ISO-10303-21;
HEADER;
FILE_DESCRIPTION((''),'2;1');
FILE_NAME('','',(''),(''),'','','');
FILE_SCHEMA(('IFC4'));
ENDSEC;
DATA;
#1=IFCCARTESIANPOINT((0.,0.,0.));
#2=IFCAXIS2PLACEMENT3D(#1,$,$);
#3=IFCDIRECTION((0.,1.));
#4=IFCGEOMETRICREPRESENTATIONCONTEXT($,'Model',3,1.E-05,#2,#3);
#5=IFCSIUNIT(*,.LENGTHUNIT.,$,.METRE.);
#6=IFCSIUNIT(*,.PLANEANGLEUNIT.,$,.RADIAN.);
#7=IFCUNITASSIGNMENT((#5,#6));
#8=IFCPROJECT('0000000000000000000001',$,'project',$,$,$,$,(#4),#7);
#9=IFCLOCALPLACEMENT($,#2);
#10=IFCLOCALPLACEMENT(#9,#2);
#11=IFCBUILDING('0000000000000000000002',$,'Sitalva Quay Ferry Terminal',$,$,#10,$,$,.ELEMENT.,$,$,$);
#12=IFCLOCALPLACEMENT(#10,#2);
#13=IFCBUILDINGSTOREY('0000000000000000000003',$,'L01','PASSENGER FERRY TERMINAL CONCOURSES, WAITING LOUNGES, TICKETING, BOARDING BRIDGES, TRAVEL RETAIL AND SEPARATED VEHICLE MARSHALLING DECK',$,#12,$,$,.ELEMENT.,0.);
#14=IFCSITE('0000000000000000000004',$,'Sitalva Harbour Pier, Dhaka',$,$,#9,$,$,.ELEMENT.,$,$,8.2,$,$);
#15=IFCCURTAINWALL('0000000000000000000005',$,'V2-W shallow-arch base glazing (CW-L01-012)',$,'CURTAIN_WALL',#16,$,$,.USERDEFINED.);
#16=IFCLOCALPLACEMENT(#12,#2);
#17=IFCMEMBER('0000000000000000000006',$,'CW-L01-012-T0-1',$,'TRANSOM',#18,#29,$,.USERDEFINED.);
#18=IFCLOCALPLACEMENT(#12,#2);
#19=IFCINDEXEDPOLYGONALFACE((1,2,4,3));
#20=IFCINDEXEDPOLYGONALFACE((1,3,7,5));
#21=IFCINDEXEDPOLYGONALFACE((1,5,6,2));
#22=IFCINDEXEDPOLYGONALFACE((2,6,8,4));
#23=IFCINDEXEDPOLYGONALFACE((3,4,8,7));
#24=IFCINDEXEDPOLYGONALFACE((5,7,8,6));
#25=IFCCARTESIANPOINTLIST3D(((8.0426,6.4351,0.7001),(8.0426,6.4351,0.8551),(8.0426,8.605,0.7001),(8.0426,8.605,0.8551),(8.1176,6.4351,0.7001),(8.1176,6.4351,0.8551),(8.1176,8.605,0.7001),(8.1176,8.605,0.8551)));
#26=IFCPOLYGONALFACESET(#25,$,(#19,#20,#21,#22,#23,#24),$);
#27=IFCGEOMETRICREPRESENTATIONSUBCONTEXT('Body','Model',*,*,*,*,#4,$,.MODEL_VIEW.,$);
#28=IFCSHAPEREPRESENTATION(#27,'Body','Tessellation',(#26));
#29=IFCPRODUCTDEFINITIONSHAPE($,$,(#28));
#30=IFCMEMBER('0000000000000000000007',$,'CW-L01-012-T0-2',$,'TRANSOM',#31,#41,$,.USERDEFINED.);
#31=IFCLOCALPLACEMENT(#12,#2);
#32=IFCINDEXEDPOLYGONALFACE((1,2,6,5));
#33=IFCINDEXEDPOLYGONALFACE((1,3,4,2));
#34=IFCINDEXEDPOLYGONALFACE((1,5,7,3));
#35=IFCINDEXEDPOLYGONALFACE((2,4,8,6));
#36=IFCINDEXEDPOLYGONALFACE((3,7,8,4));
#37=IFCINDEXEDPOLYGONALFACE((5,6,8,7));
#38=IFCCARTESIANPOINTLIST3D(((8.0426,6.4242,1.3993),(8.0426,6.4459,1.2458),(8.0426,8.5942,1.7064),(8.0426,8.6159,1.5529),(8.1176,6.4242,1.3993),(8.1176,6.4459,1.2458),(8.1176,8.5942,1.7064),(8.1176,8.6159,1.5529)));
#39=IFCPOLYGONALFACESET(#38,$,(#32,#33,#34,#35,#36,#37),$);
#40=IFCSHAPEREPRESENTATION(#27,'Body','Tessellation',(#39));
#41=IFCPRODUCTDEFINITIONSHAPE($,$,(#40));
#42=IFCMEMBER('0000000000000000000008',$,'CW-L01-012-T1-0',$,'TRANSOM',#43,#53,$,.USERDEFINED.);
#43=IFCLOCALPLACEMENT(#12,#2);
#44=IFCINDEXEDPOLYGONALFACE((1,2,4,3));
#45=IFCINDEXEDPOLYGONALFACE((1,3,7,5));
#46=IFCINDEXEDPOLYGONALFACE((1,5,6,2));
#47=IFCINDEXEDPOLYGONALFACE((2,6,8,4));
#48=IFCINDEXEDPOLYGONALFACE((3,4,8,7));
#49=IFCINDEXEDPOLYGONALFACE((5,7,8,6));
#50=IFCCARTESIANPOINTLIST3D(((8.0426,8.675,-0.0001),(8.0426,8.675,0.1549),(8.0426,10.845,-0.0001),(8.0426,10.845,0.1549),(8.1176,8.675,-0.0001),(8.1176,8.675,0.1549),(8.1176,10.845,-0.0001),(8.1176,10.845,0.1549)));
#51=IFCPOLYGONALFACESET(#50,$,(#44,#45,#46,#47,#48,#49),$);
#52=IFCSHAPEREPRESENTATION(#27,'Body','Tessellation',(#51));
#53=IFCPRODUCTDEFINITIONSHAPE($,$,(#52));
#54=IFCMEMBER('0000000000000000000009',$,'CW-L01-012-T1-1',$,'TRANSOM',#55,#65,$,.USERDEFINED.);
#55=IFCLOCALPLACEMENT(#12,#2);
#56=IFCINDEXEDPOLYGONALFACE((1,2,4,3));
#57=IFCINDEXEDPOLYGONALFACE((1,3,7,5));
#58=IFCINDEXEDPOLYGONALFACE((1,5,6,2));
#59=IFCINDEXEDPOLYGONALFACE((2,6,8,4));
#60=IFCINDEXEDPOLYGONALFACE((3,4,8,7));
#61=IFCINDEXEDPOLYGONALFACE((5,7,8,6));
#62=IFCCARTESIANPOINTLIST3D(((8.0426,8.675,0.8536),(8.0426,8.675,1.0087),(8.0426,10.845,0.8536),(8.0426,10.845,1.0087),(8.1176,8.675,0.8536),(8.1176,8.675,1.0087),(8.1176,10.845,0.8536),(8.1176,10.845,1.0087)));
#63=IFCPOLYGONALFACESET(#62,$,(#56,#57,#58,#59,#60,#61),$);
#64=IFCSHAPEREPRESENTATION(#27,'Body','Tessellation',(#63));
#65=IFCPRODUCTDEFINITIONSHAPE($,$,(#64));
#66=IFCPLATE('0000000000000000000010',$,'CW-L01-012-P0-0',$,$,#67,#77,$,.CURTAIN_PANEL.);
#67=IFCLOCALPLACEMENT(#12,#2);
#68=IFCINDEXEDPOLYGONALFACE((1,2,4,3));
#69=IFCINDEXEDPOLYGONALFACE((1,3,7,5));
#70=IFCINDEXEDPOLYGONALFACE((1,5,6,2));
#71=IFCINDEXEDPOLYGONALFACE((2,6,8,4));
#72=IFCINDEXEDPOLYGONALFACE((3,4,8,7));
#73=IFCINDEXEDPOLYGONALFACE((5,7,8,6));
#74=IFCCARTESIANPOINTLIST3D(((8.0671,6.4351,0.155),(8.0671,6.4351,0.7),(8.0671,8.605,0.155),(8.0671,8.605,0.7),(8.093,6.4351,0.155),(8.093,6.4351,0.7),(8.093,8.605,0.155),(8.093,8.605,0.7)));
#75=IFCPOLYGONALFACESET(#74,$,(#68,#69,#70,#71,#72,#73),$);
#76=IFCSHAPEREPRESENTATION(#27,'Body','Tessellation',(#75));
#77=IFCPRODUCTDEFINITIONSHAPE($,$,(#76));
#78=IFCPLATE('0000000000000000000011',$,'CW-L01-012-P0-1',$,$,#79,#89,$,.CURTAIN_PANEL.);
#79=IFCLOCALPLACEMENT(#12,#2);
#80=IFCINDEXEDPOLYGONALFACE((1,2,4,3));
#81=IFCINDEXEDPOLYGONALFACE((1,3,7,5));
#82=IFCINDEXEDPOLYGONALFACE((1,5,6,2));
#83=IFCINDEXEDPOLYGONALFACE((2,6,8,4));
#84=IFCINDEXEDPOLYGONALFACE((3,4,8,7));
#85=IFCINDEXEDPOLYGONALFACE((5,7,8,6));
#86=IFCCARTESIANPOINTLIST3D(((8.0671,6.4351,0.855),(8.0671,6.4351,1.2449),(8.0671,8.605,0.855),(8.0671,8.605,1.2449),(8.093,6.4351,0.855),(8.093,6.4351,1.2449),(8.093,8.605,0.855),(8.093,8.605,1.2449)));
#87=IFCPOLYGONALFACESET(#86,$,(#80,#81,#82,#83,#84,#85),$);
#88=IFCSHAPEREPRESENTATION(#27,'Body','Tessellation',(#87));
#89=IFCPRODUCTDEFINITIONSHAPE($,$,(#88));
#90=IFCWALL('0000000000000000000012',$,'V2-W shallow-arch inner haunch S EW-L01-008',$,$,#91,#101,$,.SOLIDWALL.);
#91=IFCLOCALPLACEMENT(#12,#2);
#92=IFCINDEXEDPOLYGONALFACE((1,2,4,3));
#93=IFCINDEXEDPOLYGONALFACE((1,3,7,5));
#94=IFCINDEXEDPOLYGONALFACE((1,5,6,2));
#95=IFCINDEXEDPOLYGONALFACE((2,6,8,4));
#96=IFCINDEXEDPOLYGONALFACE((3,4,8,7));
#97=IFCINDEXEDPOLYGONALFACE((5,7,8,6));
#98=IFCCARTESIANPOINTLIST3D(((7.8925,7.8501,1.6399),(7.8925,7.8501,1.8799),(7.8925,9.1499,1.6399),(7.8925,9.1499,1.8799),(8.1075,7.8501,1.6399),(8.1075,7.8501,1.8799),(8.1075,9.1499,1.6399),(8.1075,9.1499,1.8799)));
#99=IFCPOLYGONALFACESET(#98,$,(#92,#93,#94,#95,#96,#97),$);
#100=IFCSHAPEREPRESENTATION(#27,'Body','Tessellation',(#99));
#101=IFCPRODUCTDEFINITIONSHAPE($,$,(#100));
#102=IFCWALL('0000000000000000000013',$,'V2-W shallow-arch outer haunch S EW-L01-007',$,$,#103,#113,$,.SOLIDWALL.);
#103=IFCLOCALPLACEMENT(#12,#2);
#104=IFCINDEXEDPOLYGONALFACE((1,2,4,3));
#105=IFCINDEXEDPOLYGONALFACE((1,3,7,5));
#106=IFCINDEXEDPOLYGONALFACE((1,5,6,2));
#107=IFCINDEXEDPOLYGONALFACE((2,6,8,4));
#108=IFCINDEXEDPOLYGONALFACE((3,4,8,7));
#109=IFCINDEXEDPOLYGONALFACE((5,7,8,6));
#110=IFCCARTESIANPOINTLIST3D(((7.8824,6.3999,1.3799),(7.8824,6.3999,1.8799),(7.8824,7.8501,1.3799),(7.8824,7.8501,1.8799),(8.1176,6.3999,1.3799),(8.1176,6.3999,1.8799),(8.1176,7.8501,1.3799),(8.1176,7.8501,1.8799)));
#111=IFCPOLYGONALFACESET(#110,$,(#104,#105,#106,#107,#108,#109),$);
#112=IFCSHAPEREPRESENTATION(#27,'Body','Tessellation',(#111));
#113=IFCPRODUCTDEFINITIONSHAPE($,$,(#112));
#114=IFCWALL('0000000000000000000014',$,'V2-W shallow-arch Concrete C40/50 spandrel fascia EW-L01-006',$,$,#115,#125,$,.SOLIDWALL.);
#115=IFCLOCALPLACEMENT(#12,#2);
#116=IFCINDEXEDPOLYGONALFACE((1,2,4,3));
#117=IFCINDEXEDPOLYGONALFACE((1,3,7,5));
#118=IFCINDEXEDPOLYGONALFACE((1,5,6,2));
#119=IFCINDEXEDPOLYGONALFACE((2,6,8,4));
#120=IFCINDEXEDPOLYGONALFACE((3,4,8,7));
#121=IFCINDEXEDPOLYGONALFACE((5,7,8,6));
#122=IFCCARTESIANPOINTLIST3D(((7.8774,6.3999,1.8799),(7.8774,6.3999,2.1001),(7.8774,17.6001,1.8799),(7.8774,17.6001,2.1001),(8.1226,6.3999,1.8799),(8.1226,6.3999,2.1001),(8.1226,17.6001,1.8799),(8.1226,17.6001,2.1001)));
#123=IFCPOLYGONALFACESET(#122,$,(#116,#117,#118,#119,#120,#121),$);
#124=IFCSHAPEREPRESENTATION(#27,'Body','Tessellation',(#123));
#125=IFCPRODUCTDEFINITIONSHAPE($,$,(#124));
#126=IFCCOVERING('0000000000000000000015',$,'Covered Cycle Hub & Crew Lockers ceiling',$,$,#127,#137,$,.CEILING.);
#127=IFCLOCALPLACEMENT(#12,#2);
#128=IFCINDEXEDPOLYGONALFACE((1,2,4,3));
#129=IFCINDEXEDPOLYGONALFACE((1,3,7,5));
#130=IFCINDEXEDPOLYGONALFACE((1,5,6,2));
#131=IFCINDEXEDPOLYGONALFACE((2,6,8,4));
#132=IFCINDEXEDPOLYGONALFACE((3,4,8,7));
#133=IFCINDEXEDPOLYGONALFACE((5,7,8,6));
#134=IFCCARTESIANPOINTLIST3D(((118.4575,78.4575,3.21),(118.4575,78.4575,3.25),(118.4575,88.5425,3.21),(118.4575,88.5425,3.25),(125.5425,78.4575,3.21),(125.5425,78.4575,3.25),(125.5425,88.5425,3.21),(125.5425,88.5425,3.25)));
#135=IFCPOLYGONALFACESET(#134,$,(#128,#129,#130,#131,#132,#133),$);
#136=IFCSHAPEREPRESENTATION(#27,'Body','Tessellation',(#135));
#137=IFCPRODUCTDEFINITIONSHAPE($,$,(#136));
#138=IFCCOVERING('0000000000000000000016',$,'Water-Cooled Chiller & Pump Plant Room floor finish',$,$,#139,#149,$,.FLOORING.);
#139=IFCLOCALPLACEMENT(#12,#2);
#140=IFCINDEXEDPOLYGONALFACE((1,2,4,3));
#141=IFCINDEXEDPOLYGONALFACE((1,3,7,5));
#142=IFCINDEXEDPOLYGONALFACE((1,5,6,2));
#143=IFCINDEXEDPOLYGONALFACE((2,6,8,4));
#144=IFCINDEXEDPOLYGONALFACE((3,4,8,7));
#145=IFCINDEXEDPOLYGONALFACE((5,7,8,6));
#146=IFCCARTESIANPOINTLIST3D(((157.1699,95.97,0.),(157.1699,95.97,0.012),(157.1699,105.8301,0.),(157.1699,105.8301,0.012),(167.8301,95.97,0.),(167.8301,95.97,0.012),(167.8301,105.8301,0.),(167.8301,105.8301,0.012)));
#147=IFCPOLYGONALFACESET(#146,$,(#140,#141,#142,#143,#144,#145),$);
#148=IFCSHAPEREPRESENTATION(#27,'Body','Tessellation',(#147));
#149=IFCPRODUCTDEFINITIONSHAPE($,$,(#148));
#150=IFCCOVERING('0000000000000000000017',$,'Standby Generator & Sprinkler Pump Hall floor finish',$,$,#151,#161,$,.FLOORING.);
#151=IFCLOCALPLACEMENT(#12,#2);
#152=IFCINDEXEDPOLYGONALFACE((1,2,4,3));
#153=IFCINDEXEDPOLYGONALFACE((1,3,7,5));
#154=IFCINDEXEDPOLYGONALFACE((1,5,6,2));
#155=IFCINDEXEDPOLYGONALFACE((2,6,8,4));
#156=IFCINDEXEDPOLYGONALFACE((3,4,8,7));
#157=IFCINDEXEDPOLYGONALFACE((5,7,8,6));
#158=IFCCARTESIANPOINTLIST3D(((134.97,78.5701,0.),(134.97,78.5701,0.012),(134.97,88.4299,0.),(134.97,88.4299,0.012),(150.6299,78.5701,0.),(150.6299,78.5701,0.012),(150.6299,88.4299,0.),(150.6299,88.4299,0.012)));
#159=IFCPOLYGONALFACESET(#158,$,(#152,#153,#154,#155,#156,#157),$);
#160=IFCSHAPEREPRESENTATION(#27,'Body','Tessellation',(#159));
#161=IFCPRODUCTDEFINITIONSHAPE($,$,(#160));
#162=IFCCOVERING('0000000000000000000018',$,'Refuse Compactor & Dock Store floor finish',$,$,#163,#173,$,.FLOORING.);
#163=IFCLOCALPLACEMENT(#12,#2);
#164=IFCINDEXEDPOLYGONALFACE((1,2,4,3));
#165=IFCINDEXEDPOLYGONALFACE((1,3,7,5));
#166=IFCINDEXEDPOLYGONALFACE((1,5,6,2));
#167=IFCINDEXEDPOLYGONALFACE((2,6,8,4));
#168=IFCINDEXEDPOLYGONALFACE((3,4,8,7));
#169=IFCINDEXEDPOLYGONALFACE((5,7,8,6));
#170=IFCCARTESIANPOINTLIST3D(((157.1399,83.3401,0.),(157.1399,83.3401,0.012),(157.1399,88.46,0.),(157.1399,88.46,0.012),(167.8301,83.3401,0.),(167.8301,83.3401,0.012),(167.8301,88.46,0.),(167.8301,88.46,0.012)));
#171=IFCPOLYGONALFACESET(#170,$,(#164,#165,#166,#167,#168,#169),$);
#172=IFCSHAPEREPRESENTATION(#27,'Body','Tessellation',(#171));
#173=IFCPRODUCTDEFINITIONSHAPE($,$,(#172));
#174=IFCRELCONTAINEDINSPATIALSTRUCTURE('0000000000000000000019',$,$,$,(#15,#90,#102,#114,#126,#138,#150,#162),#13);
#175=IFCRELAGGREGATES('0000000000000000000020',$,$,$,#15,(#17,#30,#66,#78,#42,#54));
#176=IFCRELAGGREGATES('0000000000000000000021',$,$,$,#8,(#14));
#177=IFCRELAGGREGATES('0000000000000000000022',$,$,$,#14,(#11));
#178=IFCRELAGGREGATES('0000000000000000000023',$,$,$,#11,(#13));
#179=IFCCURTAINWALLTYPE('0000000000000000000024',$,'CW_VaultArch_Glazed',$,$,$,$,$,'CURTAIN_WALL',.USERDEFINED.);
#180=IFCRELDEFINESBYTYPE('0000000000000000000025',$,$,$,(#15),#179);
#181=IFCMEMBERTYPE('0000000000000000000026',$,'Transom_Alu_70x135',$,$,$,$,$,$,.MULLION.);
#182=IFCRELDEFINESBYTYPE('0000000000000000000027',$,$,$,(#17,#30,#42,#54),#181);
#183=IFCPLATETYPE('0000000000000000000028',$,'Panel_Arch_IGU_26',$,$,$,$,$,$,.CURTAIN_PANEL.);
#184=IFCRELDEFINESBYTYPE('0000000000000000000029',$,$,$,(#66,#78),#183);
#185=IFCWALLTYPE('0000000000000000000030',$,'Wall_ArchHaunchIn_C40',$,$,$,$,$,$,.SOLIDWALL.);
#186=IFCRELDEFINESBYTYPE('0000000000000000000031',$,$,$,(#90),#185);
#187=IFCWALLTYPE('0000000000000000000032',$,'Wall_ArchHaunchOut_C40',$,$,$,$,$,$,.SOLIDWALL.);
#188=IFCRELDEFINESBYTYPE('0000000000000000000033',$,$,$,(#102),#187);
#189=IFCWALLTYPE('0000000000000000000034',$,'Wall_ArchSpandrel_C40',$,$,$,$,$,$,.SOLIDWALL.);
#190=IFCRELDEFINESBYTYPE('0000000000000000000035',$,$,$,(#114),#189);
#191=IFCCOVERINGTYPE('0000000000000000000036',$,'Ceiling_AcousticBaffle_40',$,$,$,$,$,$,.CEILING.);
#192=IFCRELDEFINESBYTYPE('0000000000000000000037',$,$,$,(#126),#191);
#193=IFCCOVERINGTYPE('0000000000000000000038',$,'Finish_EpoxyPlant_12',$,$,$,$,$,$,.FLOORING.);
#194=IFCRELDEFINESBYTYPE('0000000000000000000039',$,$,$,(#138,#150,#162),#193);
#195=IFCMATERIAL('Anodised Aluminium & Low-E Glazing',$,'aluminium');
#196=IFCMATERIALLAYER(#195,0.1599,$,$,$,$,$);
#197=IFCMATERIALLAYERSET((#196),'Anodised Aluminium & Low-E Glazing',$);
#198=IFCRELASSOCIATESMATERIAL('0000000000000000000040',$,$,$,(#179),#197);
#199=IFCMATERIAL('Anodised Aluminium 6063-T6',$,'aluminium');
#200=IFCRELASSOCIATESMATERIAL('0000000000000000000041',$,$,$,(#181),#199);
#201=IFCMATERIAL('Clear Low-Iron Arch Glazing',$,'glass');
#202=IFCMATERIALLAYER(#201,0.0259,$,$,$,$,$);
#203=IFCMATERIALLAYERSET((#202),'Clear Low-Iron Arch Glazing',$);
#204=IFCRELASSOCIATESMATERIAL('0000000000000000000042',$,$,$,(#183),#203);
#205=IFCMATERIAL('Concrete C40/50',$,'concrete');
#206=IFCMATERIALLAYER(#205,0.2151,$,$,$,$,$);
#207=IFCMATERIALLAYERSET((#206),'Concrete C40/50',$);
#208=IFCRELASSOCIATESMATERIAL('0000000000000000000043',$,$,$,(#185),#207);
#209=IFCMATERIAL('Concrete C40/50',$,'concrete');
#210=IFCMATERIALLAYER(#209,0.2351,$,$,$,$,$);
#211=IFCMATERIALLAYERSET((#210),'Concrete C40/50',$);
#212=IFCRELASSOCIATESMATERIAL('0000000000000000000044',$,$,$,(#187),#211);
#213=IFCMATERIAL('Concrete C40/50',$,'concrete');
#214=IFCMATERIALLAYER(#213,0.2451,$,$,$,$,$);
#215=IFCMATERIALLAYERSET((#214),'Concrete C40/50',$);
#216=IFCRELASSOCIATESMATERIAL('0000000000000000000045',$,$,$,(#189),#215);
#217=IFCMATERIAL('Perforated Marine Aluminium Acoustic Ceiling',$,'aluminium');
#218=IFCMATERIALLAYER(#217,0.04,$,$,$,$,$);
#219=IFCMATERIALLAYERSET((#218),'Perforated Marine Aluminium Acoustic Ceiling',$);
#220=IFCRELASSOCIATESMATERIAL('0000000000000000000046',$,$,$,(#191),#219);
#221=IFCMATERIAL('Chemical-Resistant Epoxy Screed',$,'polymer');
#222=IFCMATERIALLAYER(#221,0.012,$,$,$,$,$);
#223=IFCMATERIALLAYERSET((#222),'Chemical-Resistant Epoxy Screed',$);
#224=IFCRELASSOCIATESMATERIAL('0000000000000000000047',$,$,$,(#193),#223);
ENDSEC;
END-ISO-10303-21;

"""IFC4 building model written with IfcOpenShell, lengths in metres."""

from ifc_helpers import new_model, si_unit, direction, frame, frame_2d, origin, origin_2d, place, context, subcontext, project, spatial, polyline, rectangle, outline, extrude, material, layer, layer_set, material_profile, profile_set, type_object, element, aggregate, save


model = new_model("IFC4")

# Units and contexts
model_context = context("Model", 3, precision=1e-05, world=origin(), true_north=direction((0.0, 1.0)))
body_context = subcontext(model_context, "Body", "Model", "MODEL_VIEW")
ifc_project = project(units=[si_unit("LENGTHUNIT", "METRE"), si_unit("PLANEANGLEUNIT", "RADIAN")], contexts=[model_context])

# Site, building, storey
site_placement = place(None, origin())
site = spatial("IfcSite", under=ifc_project, at=site_placement, Name="Sitalva Harbour Pier, Dhaka", CompositionType="ELEMENT", RefElevation=8.2)
building_placement = place(site_placement, origin())
building = spatial("IfcBuilding", under=site, at=building_placement, Name="Sitalva Quay Ferry Terminal", CompositionType="ELEMENT")
storey_placement = place(building_placement, origin())
storey = spatial("IfcBuildingStorey", under=building, at=storey_placement, Name="L01", Description="PASSENGER FERRY TERMINAL CONCOURSES, WAITING LOUNGES, TICKETING, BOARDING BRIDGES, TRAVEL RETAIL AND SEPARATED VEHICLE MARSHALLING DECK", CompositionType="ELEMENT", Elevation=0.0)

# Curtain wall, members, plates
ifc_material_1 = material(Name="Anodised Aluminium & Low-E Glazing", Category="aluminium")
ifc_layer_1 = layer(ifc_material_1, 0.1599)
ifc_layer_set_1 = layer_set([ifc_layer_1], Name="Anodised Aluminium & Low-E Glazing")
curtain_wall_type = type_object("IfcCurtainWallType", Name="CW_VaultArch_Glazed", ElementType="CURTAIN_WALL", PredefinedType="USERDEFINED", material=ifc_layer_set_1)
curtain_wall_placement = place(storey_placement, origin())
curtain_wall = element("IfcCurtainWall", 1, at=curtain_wall_placement, inside=storey, type_object=curtain_wall_type, Name="V2-W shallow-arch base glazing (CW-L01-012)", ObjectType="CURTAIN_WALL", PredefinedType="USERDEFINED")
ifc_material_2 = material(Name="Anodised Aluminium 6063-T6", Category="aluminium")
ifc_material_profile_1 = material_profile(ifc_material_2, rectangle(XDim=0.075, YDim=0.155, at=origin_2d()), Name="ALU75x155")
ifc_profile_set_1 = profile_set([ifc_material_profile_1], Name="Anodised Aluminium 6063-T6")
member_type_1 = type_object("IfcMemberType", Name="Transom_Alu_70x135", PredefinedType="MULLION", material=ifc_profile_set_1)
member_1_placement = place(storey_placement, frame((8.0801, 6.4351, 0.7776), z_axis=(0.0, 1.0, 0.0), x_axis=(-1.0, 0.0, 0.0)))
member_1 = element("IfcMember", 2, at=member_1_placement, type_object=member_type_1, Name="CW-L01-012-T0-1", ObjectType="TRANSOM", PredefinedType="USERDEFINED", context=body_context, shape_type="SweptSolid", body=[
    extrude(rectangle(XDim=0.075, YDim=0.155, at=origin_2d()), origin(), (0.0, 0.0, 1.0), 2.1699),
])
member_2_placement = place(storey_placement, frame((8.0801, 6.4351, 1.3225), z_axis=(0.0, 0.990131, 0.140142), x_axis=(-1.0, 0.0, 0.0)))
member_2 = element("IfcMember", 3, at=member_2_placement, type_object=member_type_1, Name="CW-L01-012-T0-2", ObjectType="TRANSOM", PredefinedType="USERDEFINED", context=body_context, shape_type="SweptSolid", body=[
    extrude(rectangle(XDim=0.075, YDim=0.155, at=origin_2d()), origin(), (0.0, 0.0, 1.0), 2.1917),
])
member_3_placement = place(storey_placement, frame((8.0801, 8.675, 0.0774), z_axis=(0.0, 1.0, 0.0), x_axis=(-1.0, 0.0, 0.0)))
member_3 = element("IfcMember", 4, at=member_3_placement, type_object=member_type_1, Name="CW-L01-012-T1-0", ObjectType="TRANSOM", PredefinedType="USERDEFINED", context=body_context, shape_type="SweptSolid", body=[
    extrude(rectangle(XDim=0.075, YDim=0.155, at=origin_2d()), origin(), (0.0, 0.0, 1.0), 2.1699),
])
member_4_placement = place(storey_placement, frame((8.0801, 8.675, 0.9312), z_axis=(0.0, 1.0, 0.0), x_axis=(-1.0, 0.0, 0.0)))
member_4 = element("IfcMember", 5, at=member_4_placement, type_object=member_type_1, Name="CW-L01-012-T1-1", ObjectType="TRANSOM", PredefinedType="USERDEFINED", context=body_context, shape_type="SweptSolid", body=[
    extrude(rectangle(XDim=0.075, YDim=0.155, at=origin_2d()), origin(), (0.0, 0.0, 1.0), 2.1699),
])
ifc_material_3 = material(Name="Clear Low-Iron Arch Glazing", Category="glass")
ifc_layer_2 = layer(ifc_material_3, 0.0259)
ifc_layer_set_2 = layer_set([ifc_layer_2], Name="Clear Low-Iron Arch Glazing")
plate_type = type_object("IfcPlateType", Name="Panel_Arch_IGU_26", PredefinedType="CURTAIN_PANEL", material=ifc_layer_set_2)
plate_1_placement = place(storey_placement, frame((8.0801, 7.52, 0.155), z_axis=(0.0, 0.0, 1.0), x_axis=(0.0, 1.0, 0.0)))
plate_1 = element("IfcPlate", 6, at=plate_1_placement, type_object=plate_type, Name="CW-L01-012-P0-0", PredefinedType="CURTAIN_PANEL", context=body_context, shape_type="SweptSolid", body=[
    extrude(rectangle(XDim=2.1699, YDim=0.0259, at=origin_2d()), origin(), (0.0, 0.0, 1.0), 0.5449),
])
plate_2_placement = place(storey_placement, frame((8.0801, 7.52, 0.855), z_axis=(0.0, 0.0, 1.0), x_axis=(0.0, 1.0, 0.0)))
plate_2 = element("IfcPlate", 7, at=plate_2_placement, type_object=plate_type, Name="CW-L01-012-P0-1", PredefinedType="CURTAIN_PANEL", context=body_context, shape_type="SweptSolid", body=[
    extrude(rectangle(XDim=2.1699, YDim=0.0259, at=origin_2d()), origin(), (0.0, 0.0, 1.0), 0.3899),
])
aggregate(curtain_wall, [member_1, member_2, plate_1, plate_2, member_3, member_4])

# Walls
ifc_material_4 = material(Name="Concrete C40/50", Category="concrete")
ifc_layer_3 = layer(ifc_material_4, 0.2151)
ifc_layer_set_3 = layer_set([ifc_layer_3], Name="Concrete C40/50")
wall_type_1 = type_object("IfcWallType", Name="Wall_ArchHaunchIn_C40", PredefinedType="SOLIDWALL", material=ifc_layer_set_3)
wall_1_placement = place(storey_placement, frame((8.0, 7.8501, 1.6399), z_axis=(0.0, 0.0, 1.0), x_axis=(0.0, 1.0, 0.0)))
element("IfcWall", 8, at=wall_1_placement, inside=storey, type_object=wall_type_1, Name="V2-W shallow-arch inner haunch S EW-L01-008", PredefinedType="SOLIDWALL", context=body_context, shape_type="SweptSolid", body=[
    extrude(rectangle(XDim=1.2998, YDim=0.2151, at=frame_2d((0.6499, 0.0))), origin(), (0.0, 0.0, 1.0), 0.24),
])
ifc_material_5 = material(Name="Concrete C40/50", Category="concrete")
ifc_layer_4 = layer(ifc_material_5, 0.2351)
ifc_layer_set_4 = layer_set([ifc_layer_4], Name="Concrete C40/50")
wall_type_2 = type_object("IfcWallType", Name="Wall_ArchHaunchOut_C40", PredefinedType="SOLIDWALL", material=ifc_layer_set_4)
wall_2_placement = place(storey_placement, frame((8.0, 6.3999, 1.3799), z_axis=(0.0, 0.0, 1.0), x_axis=(0.0, 1.0, 0.0)))
element("IfcWall", 9, at=wall_2_placement, inside=storey, type_object=wall_type_2, Name="V2-W shallow-arch outer haunch S EW-L01-007", PredefinedType="SOLIDWALL", context=body_context, shape_type="SweptSolid", body=[
    extrude(rectangle(XDim=1.4502, YDim=0.2351, at=frame_2d((0.7251, 0.0))), origin(), (0.0, 0.0, 1.0), 0.5),
])
ifc_material_6 = material(Name="Concrete C40/50", Category="concrete")
ifc_layer_5 = layer(ifc_material_6, 0.2451)
ifc_layer_set_5 = layer_set([ifc_layer_5], Name="Concrete C40/50")
wall_type_3 = type_object("IfcWallType", Name="Wall_ArchSpandrel_C40", PredefinedType="SOLIDWALL", material=ifc_layer_set_5)
wall_3_placement = place(storey_placement, frame((8.0, 6.3999, 1.8799), z_axis=(0.0, 0.0, 1.0), x_axis=(0.0, 1.0, 0.0)))
element("IfcWall", 10, at=wall_3_placement, inside=storey, type_object=wall_type_3, Name="V2-W shallow-arch Concrete C40/50 spandrel fascia EW-L01-006", PredefinedType="SOLIDWALL", context=body_context, shape_type="SweptSolid", body=[
    extrude(rectangle(XDim=11.2002, YDim=0.2451, at=frame_2d((5.6001, 0.0))), origin(), (0.0, 0.0, 1.0), 0.2202),
])

# Coverings
ifc_material_7 = material(Name="Perforated Marine Aluminium Acoustic Ceiling", Category="aluminium")
ifc_layer_6 = layer(ifc_material_7, 0.04)
ifc_layer_set_6 = layer_set([ifc_layer_6], Name="Perforated Marine Aluminium Acoustic Ceiling")
covering_type_1 = type_object("IfcCoveringType", Name="Ceiling_AcousticBaffle_40", PredefinedType="CEILING", material=ifc_layer_set_6)
covering_1_placement = place(storey_placement, frame((0.0, 0.0, 3.21)))
element("IfcCovering", 11, at=covering_1_placement, inside=storey, type_object=covering_type_1, Name="Covered Cycle Hub & Crew Lockers ceiling", PredefinedType="CEILING", context=body_context, shape_type="SweptSolid", body=[
    extrude(outline(polyline([(118.4575, 78.4575), (125.5425, 78.4575), (125.5425, 88.5425), (118.4575, 88.5425), (118.4575, 78.4575)])), origin(), (0.0, 0.0, 1.0), 0.04),
])
ifc_material_8 = material(Name="Chemical-Resistant Epoxy Screed", Category="polymer")
ifc_layer_7 = layer(ifc_material_8, 0.012)
ifc_layer_set_7 = layer_set([ifc_layer_7], Name="Chemical-Resistant Epoxy Screed")
covering_type_2 = type_object("IfcCoveringType", Name="Finish_EpoxyPlant_12", PredefinedType="FLOORING", material=ifc_layer_set_7)
covering_2_placement = place(storey_placement, origin())
element("IfcCovering", 12, at=covering_2_placement, inside=storey, type_object=covering_type_2, Name="Water-Cooled Chiller & Pump Plant Room floor finish", PredefinedType="FLOORING", context=body_context, shape_type="SweptSolid", body=[
    extrude(outline(polyline([(157.1699, 95.97), (167.8301, 95.97), (167.8301, 105.8301), (157.1699, 105.8301), (157.1699, 95.97)])), origin(), (0.0, 0.0, 1.0), 0.012),
])
covering_3_placement = place(storey_placement, origin())
element("IfcCovering", 13, at=covering_3_placement, inside=storey, type_object=covering_type_2, Name="Standby Generator & Sprinkler Pump Hall floor finish", PredefinedType="FLOORING", context=body_context, shape_type="SweptSolid", body=[
    extrude(outline(polyline([(134.97, 78.5701), (150.6299, 78.5701), (150.6299, 88.4299), (134.97, 88.4299), (134.97, 78.5701)])), origin(), (0.0, 0.0, 1.0), 0.012),
])
covering_4_placement = place(storey_placement, origin())
element("IfcCovering", 14, at=covering_4_placement, inside=storey, type_object=covering_type_2, Name="Refuse Compactor & Dock Store floor finish", PredefinedType="FLOORING", context=body_context, shape_type="SweptSolid", body=[
    extrude(outline(polyline([(157.1399, 83.3401), (167.8301, 83.3401), (167.8301, 88.46), (157.1399, 88.46), (157.1399, 83.3401)])), origin(), (0.0, 0.0, 1.0), 0.012),
])

save(model, "model.ifc")
